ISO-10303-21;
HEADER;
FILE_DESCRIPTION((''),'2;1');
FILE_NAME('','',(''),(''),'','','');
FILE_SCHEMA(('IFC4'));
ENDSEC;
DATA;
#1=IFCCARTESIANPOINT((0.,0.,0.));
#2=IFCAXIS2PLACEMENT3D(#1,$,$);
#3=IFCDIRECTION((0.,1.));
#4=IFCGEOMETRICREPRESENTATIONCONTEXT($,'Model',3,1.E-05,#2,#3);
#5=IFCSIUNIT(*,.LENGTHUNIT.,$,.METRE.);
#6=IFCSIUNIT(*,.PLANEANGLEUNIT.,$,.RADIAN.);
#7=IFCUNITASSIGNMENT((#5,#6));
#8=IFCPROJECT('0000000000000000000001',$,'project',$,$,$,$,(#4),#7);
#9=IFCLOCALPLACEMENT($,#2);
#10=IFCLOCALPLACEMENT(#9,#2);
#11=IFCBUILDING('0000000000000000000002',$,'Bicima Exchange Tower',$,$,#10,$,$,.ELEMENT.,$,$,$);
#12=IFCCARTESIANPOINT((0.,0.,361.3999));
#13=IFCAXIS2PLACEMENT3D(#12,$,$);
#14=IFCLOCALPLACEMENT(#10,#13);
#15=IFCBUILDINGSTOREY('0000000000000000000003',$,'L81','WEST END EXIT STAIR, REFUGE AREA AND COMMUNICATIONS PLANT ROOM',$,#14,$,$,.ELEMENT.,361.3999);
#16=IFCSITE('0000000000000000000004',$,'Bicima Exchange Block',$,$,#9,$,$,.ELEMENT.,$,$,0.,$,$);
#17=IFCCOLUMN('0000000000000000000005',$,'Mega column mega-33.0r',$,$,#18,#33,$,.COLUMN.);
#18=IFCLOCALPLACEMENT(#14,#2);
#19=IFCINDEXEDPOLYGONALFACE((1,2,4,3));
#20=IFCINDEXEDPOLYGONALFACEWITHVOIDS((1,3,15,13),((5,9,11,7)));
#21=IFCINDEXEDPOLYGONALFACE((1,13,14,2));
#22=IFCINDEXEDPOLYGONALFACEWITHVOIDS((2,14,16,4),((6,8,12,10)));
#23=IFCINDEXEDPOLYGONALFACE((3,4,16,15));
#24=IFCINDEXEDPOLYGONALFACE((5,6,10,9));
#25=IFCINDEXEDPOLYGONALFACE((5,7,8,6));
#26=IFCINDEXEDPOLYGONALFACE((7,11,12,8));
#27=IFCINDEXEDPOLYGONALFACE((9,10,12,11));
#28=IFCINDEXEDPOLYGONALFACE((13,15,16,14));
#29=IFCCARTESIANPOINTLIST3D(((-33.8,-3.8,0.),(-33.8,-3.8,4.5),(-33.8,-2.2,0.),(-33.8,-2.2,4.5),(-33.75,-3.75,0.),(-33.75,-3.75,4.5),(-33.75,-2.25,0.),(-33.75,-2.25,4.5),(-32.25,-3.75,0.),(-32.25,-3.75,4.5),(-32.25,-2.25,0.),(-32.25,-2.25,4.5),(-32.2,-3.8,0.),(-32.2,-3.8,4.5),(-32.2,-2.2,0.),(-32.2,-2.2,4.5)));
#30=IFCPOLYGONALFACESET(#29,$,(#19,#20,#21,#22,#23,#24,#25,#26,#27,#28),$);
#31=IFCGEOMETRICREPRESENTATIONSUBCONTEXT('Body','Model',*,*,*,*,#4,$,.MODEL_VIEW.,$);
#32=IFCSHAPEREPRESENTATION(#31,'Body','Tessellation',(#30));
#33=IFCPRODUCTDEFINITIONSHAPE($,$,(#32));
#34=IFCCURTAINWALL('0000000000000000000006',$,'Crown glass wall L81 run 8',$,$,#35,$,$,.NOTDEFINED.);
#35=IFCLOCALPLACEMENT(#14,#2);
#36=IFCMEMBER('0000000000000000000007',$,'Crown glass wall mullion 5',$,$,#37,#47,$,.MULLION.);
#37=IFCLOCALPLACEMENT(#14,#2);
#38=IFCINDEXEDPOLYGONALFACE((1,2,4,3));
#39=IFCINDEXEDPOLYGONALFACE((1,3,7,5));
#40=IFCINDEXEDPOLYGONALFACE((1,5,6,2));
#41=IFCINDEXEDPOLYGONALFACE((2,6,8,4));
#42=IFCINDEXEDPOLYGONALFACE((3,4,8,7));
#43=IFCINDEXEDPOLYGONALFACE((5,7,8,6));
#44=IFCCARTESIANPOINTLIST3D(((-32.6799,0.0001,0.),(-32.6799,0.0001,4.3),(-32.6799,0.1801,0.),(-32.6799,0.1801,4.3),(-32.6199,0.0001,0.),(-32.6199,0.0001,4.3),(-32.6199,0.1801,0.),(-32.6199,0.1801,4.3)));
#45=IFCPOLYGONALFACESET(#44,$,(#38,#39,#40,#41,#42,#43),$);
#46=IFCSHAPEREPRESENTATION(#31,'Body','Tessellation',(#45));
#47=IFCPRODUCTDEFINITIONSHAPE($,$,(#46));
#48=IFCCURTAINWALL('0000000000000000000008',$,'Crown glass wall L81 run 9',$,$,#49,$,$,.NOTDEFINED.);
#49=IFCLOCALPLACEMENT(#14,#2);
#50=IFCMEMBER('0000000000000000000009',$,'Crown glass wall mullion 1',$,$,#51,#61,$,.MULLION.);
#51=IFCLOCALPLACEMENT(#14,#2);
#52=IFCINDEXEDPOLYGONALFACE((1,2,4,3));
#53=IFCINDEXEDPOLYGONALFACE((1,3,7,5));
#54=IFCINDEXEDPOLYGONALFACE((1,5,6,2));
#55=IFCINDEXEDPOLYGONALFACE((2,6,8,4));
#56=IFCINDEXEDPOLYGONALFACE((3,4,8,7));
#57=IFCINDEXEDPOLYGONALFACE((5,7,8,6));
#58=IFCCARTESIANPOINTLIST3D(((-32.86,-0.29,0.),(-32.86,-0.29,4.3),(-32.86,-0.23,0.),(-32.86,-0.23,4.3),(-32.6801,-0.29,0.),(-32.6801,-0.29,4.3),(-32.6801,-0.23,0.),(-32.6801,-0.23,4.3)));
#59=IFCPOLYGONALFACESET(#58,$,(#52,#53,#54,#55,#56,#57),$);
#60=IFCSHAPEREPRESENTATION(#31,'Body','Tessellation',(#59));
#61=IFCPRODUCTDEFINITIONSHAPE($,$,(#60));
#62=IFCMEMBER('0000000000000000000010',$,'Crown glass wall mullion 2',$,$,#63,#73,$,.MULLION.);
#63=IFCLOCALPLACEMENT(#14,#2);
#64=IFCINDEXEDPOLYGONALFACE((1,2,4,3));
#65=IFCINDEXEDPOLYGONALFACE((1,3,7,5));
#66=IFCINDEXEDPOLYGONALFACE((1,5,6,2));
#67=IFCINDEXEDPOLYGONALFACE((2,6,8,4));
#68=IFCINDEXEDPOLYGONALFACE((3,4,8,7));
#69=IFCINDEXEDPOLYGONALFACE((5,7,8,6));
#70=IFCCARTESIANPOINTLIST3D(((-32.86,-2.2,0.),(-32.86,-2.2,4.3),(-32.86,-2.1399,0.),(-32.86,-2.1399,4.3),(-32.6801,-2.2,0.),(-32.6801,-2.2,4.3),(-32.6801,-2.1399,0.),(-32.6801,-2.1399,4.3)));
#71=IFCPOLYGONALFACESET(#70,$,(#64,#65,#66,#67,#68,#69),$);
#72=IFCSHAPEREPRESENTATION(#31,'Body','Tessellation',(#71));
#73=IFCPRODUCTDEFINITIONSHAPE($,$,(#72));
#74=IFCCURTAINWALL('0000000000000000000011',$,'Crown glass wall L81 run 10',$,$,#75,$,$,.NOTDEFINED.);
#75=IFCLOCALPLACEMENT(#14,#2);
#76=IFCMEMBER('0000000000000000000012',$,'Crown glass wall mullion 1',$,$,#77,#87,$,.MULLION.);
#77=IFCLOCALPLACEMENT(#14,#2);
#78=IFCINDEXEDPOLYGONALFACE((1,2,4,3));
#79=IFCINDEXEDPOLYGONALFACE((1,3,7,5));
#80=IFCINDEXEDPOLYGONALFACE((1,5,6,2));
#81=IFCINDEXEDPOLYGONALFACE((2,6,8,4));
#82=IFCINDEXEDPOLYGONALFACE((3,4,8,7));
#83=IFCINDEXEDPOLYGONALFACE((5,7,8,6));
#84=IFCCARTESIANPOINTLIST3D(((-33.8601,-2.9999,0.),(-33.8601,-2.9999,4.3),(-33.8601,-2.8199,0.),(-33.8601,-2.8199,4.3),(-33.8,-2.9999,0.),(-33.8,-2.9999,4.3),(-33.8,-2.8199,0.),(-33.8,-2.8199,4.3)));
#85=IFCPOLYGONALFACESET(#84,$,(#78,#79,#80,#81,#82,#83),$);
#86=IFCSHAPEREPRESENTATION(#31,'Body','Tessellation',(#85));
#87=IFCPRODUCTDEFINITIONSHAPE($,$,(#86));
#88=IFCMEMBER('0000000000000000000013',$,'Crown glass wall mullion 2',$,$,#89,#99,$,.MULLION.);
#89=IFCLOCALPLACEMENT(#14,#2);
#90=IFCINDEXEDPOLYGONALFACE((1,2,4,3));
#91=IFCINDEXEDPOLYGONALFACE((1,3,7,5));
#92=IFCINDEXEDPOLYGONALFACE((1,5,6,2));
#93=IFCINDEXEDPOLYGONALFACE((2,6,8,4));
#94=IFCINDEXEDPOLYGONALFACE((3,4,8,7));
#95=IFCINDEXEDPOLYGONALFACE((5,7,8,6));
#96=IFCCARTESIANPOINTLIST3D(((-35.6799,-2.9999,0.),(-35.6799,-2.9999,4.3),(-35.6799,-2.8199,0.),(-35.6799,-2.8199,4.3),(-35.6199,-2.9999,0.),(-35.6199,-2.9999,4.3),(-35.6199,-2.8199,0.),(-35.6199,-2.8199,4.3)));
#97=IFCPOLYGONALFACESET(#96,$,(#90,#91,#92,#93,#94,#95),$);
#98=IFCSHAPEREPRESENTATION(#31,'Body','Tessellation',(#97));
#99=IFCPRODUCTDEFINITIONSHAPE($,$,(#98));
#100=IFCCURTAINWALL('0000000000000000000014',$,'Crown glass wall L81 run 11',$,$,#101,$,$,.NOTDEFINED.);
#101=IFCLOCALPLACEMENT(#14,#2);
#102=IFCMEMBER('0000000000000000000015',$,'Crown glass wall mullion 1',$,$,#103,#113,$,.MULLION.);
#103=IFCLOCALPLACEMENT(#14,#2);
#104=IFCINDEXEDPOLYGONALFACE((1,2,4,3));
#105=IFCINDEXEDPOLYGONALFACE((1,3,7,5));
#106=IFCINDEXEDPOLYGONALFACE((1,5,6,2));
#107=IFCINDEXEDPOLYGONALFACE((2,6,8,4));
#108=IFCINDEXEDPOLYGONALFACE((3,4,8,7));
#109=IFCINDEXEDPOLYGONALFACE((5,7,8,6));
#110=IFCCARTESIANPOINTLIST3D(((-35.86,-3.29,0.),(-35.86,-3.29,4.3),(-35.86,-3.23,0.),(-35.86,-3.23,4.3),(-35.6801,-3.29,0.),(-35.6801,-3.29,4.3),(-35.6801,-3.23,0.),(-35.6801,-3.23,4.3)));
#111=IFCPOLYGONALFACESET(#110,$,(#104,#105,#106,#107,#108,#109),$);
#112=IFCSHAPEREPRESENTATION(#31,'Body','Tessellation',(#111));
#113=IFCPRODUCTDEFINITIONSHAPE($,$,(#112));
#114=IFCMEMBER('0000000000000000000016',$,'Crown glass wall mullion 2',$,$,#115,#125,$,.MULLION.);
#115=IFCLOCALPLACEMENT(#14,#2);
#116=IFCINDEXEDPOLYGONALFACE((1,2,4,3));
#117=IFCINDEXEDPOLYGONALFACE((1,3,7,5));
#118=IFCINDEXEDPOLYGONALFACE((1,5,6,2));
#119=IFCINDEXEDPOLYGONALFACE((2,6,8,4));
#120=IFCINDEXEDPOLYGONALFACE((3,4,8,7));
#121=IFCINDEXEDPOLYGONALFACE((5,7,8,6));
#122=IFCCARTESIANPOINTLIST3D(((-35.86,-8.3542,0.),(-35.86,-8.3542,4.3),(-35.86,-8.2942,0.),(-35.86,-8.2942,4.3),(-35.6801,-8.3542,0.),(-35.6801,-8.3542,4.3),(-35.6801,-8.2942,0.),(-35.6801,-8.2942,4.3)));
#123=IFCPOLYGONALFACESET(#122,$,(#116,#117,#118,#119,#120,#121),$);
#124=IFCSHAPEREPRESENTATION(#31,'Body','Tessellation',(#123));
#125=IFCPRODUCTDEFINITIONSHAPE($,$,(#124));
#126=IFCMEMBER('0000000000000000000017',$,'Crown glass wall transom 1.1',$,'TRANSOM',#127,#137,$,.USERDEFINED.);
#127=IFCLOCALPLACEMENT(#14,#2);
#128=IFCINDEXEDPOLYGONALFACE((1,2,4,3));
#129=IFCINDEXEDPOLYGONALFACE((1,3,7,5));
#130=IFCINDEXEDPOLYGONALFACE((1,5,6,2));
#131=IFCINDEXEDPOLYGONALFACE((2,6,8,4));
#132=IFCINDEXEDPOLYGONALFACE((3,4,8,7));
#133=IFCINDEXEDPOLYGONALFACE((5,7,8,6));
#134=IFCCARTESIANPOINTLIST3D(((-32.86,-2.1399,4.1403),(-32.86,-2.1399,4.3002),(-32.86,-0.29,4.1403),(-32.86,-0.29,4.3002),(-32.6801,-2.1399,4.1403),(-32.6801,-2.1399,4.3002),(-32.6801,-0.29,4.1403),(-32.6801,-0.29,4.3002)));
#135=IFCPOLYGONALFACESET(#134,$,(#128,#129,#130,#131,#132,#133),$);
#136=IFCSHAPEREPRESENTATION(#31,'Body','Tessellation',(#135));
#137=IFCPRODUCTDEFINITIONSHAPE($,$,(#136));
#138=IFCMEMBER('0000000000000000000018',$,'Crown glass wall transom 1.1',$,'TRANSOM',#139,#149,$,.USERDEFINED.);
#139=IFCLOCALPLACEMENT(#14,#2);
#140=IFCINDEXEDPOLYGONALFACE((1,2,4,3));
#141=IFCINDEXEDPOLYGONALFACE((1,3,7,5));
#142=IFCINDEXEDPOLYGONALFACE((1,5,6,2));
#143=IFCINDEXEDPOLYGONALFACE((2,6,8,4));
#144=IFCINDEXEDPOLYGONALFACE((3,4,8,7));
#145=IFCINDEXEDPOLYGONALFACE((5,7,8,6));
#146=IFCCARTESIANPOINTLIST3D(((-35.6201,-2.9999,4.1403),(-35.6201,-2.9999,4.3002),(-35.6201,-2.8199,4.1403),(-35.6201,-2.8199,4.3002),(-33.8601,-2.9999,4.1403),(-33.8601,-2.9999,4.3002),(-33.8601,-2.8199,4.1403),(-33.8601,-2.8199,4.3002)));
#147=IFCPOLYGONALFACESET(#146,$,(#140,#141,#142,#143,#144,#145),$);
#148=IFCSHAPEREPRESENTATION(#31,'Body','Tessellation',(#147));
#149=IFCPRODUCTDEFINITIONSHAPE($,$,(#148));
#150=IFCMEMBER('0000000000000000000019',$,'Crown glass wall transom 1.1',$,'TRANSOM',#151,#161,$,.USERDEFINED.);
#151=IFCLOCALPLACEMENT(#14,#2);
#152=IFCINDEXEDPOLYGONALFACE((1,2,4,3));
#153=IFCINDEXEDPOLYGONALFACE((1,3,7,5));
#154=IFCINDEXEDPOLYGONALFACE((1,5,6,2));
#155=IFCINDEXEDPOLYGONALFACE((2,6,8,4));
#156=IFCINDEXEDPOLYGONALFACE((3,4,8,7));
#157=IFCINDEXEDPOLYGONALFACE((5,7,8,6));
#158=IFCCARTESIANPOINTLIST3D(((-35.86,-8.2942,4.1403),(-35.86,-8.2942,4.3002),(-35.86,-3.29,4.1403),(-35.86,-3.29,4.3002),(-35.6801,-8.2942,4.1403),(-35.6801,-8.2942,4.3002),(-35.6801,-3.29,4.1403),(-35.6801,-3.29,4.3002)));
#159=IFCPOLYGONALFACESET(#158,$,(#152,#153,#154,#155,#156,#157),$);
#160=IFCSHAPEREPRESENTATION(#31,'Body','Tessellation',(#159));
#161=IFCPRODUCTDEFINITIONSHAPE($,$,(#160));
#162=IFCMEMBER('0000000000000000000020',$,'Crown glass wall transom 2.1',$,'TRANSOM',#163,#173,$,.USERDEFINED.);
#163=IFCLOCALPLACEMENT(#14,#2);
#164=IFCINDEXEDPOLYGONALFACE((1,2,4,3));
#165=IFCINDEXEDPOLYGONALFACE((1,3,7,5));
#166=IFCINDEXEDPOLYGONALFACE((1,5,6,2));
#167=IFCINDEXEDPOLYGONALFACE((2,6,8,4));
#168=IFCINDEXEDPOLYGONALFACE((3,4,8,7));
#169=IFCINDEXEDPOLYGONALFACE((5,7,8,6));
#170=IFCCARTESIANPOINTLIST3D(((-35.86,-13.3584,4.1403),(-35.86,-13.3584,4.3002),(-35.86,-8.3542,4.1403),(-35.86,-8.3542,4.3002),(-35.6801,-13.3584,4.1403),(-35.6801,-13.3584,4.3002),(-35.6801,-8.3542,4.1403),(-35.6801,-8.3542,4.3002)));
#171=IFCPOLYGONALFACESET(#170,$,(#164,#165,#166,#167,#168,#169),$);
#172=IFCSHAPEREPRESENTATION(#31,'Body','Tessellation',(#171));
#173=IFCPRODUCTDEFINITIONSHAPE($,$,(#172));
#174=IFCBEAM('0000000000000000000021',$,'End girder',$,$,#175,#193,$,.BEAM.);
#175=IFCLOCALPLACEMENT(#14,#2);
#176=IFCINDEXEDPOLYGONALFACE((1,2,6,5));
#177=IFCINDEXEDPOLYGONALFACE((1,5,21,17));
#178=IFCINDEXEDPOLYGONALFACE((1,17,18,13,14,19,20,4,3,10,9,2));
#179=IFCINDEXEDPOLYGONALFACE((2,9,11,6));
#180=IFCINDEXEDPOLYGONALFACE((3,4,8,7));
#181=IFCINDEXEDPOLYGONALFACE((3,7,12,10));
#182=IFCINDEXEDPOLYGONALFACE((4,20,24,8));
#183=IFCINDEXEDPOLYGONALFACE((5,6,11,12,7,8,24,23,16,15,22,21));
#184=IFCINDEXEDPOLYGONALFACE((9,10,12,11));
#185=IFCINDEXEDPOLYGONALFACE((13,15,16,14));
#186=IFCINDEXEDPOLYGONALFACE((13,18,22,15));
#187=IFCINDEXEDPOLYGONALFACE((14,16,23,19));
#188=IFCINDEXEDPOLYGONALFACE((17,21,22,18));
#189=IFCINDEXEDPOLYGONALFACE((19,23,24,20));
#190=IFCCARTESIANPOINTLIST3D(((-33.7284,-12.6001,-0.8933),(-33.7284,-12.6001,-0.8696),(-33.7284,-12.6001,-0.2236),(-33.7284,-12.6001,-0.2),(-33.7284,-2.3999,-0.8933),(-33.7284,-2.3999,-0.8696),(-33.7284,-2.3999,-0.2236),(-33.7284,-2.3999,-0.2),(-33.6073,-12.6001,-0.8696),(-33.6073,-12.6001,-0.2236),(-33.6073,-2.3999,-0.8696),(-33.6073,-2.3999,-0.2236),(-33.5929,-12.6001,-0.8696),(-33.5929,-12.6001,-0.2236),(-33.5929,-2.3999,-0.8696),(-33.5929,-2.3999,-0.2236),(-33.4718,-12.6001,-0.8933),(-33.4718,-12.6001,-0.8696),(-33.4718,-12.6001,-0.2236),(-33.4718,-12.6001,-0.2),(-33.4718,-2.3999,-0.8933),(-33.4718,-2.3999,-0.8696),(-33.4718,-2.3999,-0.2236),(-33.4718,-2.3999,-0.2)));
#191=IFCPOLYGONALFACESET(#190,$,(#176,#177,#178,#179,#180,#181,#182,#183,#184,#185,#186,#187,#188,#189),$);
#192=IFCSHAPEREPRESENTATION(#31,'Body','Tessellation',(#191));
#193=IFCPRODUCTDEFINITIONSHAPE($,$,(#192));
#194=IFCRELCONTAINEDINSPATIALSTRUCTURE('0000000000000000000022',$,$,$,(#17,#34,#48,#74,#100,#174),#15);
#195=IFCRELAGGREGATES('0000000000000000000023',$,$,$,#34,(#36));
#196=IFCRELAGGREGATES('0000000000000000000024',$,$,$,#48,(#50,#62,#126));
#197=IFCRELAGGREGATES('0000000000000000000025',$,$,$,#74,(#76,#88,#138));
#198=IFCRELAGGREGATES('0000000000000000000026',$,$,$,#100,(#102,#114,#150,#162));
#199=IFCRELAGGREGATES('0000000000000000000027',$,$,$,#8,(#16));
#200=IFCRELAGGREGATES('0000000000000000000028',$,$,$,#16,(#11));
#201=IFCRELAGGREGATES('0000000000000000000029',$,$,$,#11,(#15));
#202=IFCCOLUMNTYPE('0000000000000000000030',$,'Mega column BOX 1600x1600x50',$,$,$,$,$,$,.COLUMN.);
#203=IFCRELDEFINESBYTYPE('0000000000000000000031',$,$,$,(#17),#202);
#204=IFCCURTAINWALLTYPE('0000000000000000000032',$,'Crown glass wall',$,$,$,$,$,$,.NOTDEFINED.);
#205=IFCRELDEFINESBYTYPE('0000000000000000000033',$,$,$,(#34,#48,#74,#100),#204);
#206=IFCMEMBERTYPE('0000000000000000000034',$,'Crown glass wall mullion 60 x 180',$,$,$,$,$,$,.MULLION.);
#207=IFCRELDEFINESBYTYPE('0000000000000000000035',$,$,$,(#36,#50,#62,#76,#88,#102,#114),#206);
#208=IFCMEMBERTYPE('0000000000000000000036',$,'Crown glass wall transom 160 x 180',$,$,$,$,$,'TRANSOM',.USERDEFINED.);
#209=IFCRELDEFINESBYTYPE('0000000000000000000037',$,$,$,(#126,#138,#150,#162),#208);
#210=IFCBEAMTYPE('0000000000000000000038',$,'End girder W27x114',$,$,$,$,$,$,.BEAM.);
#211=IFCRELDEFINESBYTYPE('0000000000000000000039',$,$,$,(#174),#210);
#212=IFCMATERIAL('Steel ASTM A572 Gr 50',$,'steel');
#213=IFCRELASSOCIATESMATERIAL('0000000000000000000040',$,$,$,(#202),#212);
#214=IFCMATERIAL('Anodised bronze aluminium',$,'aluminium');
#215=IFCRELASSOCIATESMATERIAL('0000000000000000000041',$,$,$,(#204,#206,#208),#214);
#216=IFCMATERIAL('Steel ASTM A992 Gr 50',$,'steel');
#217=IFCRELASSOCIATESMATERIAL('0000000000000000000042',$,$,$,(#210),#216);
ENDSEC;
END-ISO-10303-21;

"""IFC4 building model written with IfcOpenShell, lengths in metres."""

from ifc_helpers import new_model, si_unit, direction, frame, origin, origin_2d, place, context, subcontext, project, spatial, rectangle, hollow_rectangle, i_section, extrude, material, material_profile, profile_set, type_object, element, aggregate, save


model = new_model("IFC4")

# Units and contexts
model_context = context("Model", 3, precision=1e-05, world=origin(), true_north=direction((0.0, 1.0)))
body_context = subcontext(model_context, "Body", "Model", "MODEL_VIEW")
ifc_project = project(units=[si_unit("LENGTHUNIT", "METRE"), si_unit("PLANEANGLEUNIT", "RADIAN")], contexts=[model_context])

# Site, building, storey
site_placement = place(None, origin())
site = spatial("IfcSite", under=ifc_project, at=site_placement, Name="Bicima Exchange Block", CompositionType="ELEMENT", RefElevation=0.0)
building_placement = place(site_placement, origin())
building = spatial("IfcBuilding", under=site, at=building_placement, Name="Bicima Exchange Tower", CompositionType="ELEMENT")
storey_placement = place(building_placement, frame((0.0, 0.0, 361.3999)))
storey = spatial("IfcBuildingStorey", under=building, at=storey_placement, Name="L81", Description="WEST END EXIT STAIR, REFUGE AREA AND COMMUNICATIONS PLANT ROOM", CompositionType="ELEMENT", Elevation=361.3999)

# Column
ifc_material_1 = material(Name="Steel ASTM A572 Gr 50", Category="steel")
ifc_material_profile_1 = material_profile(ifc_material_1, hollow_rectangle(XDim=1.6001, YDim=1.6001, WallThickness=0.05, at=origin_2d()))
ifc_profile_set_1 = profile_set([ifc_material_profile_1], Name="Steel ASTM A572 Gr 50")
column_type = type_object("IfcColumnType", Name="Mega column BOX 1600x1600x50", PredefinedType="COLUMN", material=ifc_profile_set_1)
column_placement = place(storey_placement, frame((-33.0, -3.0, 0.0), z_axis=(0.0, 0.0, 1.0), x_axis=(1.0, 0.0, 0.0)))
element("IfcColumn", 1, at=column_placement, inside=storey, type_object=column_type, Name="Mega column mega-33.0r", PredefinedType="COLUMN", context=body_context, shape_type="SweptSolid", body=[
    extrude(hollow_rectangle(XDim=1.6001, YDim=1.6001, WallThickness=0.05, at=origin_2d()), origin(), (0.0, 0.0, 1.0), 4.5),
])

# Curtain wall, member
ifc_material_2 = material(Name="Anodised bronze aluminium", Category="aluminium")
curtain_wall_type = type_object("IfcCurtainWallType", Name="Crown glass wall", PredefinedType="NOTDEFINED", material=ifc_material_2)
curtain_wall_1_placement = place(storey_placement, origin())
curtain_wall_1 = element("IfcCurtainWall", 2, at=curtain_wall_1_placement, inside=storey, type_object=curtain_wall_type, Name="Crown glass wall L81 run 8", PredefinedType="NOTDEFINED")
ifc_material_profile_2 = material_profile(ifc_material_2, rectangle(XDim=0.1799, YDim=0.0601, at=origin_2d()))
ifc_profile_set_2 = profile_set([ifc_material_profile_2], Name="Anodised bronze aluminium")
member_type_1 = type_object("IfcMemberType", Name="Crown glass wall mullion 60 x 180", PredefinedType="MULLION", material=ifc_profile_set_2)
member_1_placement = place(storey_placement, frame((-32.6499, 0.0901, 0.0), z_axis=(0.0, 0.0, 1.0), x_axis=(0.0, -1.0, 0.0)))
member_1 = element("IfcMember", 3, at=member_1_placement, type_object=member_type_1, Name="Crown glass wall mullion 5", PredefinedType="MULLION", context=body_context, shape_type="SweptSolid", body=[
    extrude(rectangle(XDim=0.1799, YDim=0.0601, at=origin_2d()), origin(), (0.0, 0.0, 1.0), 4.3),
])
aggregate(curtain_wall_1, [member_1])

# Curtain walls, members
curtain_wall_2_placement = place(storey_placement, origin())
curtain_wall_2 = element("IfcCurtainWall", 4, at=curtain_wall_2_placement, inside=storey, type_object=curtain_wall_type, Name="Crown glass wall L81 run 9", PredefinedType="NOTDEFINED")
member_2_placement = place(storey_placement, frame((-32.77, -0.26, 0.0), z_axis=(0.0, 0.0, 1.0), x_axis=(1.0, 0.0, 0.0)))
member_2 = element("IfcMember", 5, at=member_2_placement, type_object=member_type_1, Name="Crown glass wall mullion 1", PredefinedType="MULLION", context=body_context, shape_type="SweptSolid", body=[
    extrude(rectangle(XDim=0.1799, YDim=0.0601, at=origin_2d()), origin(), (0.0, 0.0, 1.0), 4.3),
])
member_3_placement = place(storey_placement, frame((-32.77, -2.1699, 0.0), z_axis=(0.0, 0.0, 1.0), x_axis=(1.0, 0.0, 0.0)))
member_3 = element("IfcMember", 6, at=member_3_placement, type_object=member_type_1, Name="Crown glass wall mullion 2", PredefinedType="MULLION", context=body_context, shape_type="SweptSolid", body=[
    extrude(rectangle(XDim=0.1799, YDim=0.0601, at=origin_2d()), origin(), (0.0, 0.0, 1.0), 4.3),
])
curtain_wall_3_placement = place(storey_placement, origin())
curtain_wall_3 = element("IfcCurtainWall", 7, at=curtain_wall_3_placement, inside=storey, type_object=curtain_wall_type, Name="Crown glass wall L81 run 10", PredefinedType="NOTDEFINED")
member_4_placement = place(storey_placement, frame((-33.8301, -2.9099, 0.0), z_axis=(0.0, 0.0, 1.0), x_axis=(0.0, -1.0, 0.0)))
member_4 = element("IfcMember", 8, at=member_4_placement, type_object=member_type_1, Name="Crown glass wall mullion 1", PredefinedType="MULLION", context=body_context, shape_type="SweptSolid", body=[
    extrude(rectangle(XDim=0.1799, YDim=0.0601, at=origin_2d()), origin(), (0.0, 0.0, 1.0), 4.3),
])
member_5_placement = place(storey_placement, frame((-35.6499, -2.9099, 0.0), z_axis=(0.0, 0.0, 1.0), x_axis=(0.0, -1.0, 0.0)))
member_5 = element("IfcMember", 9, at=member_5_placement, type_object=member_type_1, Name="Crown glass wall mullion 2", PredefinedType="MULLION", context=body_context, shape_type="SweptSolid", body=[
    extrude(rectangle(XDim=0.1799, YDim=0.0601, at=origin_2d()), origin(), (0.0, 0.0, 1.0), 4.3),
])
curtain_wall_4_placement = place(storey_placement, origin())
curtain_wall_4 = element("IfcCurtainWall", 10, at=curtain_wall_4_placement, inside=storey, type_object=curtain_wall_type, Name="Crown glass wall L81 run 11", PredefinedType="NOTDEFINED")
member_6_placement = place(storey_placement, frame((-35.77, -3.26, 0.0), z_axis=(0.0, 0.0, 1.0), x_axis=(1.0, 0.0, 0.0)))
member_6 = element("IfcMember", 11, at=member_6_placement, type_object=member_type_1, Name="Crown glass wall mullion 1", PredefinedType="MULLION", context=body_context, shape_type="SweptSolid", body=[
    extrude(rectangle(XDim=0.1799, YDim=0.0601, at=origin_2d()), origin(), (0.0, 0.0, 1.0), 4.3),
])
member_7_placement = place(storey_placement, frame((-35.77, -8.3242, 0.0), z_axis=(0.0, 0.0, 1.0), x_axis=(1.0, 0.0, 0.0)))
member_7 = element("IfcMember", 12, at=member_7_placement, type_object=member_type_1, Name="Crown glass wall mullion 2", PredefinedType="MULLION", context=body_context, shape_type="SweptSolid", body=[
    extrude(rectangle(XDim=0.1799, YDim=0.0601, at=origin_2d()), origin(), (0.0, 0.0, 1.0), 4.3),
])

# Members
ifc_material_profile_3 = material_profile(ifc_material_2, rectangle(XDim=0.1799, YDim=0.1599, at=origin_2d()))
ifc_profile_set_3 = profile_set([ifc_material_profile_3], Name="Anodised bronze aluminium")
member_type_2 = type_object("IfcMemberType", Name="Crown glass wall transom 160 x 180", ElementType="TRANSOM", PredefinedType="USERDEFINED", material=ifc_profile_set_3)
member_8_placement = place(storey_placement, frame((-32.77, -0.29, 4.2202), z_axis=(0.0, -1.0, 0.0), x_axis=(1.0, 0.0, 0.0)))
member_8 = element("IfcMember", 13, at=member_8_placement, type_object=member_type_2, Name="Crown glass wall transom 1.1", ObjectType="TRANSOM", PredefinedType="USERDEFINED", context=body_context, shape_type="SweptSolid", body=[
    extrude(rectangle(XDim=0.1799, YDim=0.1599, at=origin_2d()), origin(), (0.0, 0.0, 1.0), 1.8499),
])
member_9_placement = place(storey_placement, frame((-33.8601, -2.9099, 4.2202), z_axis=(-1.0, 0.0, 0.0), x_axis=(0.0, -1.0, 0.0)))
member_9 = element("IfcMember", 14, at=member_9_placement, type_object=member_type_2, Name="Crown glass wall transom 1.1", ObjectType="TRANSOM", PredefinedType="USERDEFINED", context=body_context, shape_type="SweptSolid", body=[
    extrude(rectangle(XDim=0.1799, YDim=0.1599, at=origin_2d()), origin(), (0.0, 0.0, 1.0), 1.76),
])
member_10_placement = place(storey_placement, frame((-35.77, -3.29, 4.2202), z_axis=(0.0, -1.0, 0.0), x_axis=(1.0, 0.0, 0.0)))
member_10 = element("IfcMember", 15, at=member_10_placement, type_object=member_type_2, Name="Crown glass wall transom 1.1", ObjectType="TRANSOM", PredefinedType="USERDEFINED", context=body_context, shape_type="SweptSolid", body=[
    extrude(rectangle(XDim=0.1799, YDim=0.1599, at=origin_2d()), origin(), (0.0, 0.0, 1.0), 5.0042),
])
member_11_placement = place(storey_placement, frame((-35.77, -8.3542, 4.2202), z_axis=(0.0, -1.0, 0.0), x_axis=(1.0, 0.0, 0.0)))
member_11 = element("IfcMember", 16, at=member_11_placement, type_object=member_type_2, Name="Crown glass wall transom 2.1", ObjectType="TRANSOM", PredefinedType="USERDEFINED", context=body_context, shape_type="SweptSolid", body=[
    extrude(rectangle(XDim=0.1799, YDim=0.1599, at=origin_2d()), origin(), (0.0, 0.0, 1.0), 5.0042),
])

# Beam
ifc_material_3 = material(Name="Steel ASTM A992 Gr 50", Category="steel")
ifc_material_profile_4 = material_profile(ifc_material_3, i_section(OverallWidth=0.2566, OverallDepth=0.6934, WebThickness=0.0144, FlangeThickness=0.0237, at=origin_2d()))
ifc_profile_set_4 = profile_set([ifc_material_profile_4], Name="Steel ASTM A992 Gr 50")
beam_type = type_object("IfcBeamType", Name="End girder W27x114", PredefinedType="BEAM", material=ifc_profile_set_4)
beam_placement = place(storey_placement, frame((-33.6001, -2.3999, -0.5466), z_axis=(0.0, -1.0, 0.0), x_axis=(1.0, 0.0, 0.0)))
element("IfcBeam", 17, at=beam_placement, inside=storey, type_object=beam_type, Name="End girder", PredefinedType="BEAM", context=body_context, shape_type="SweptSolid", body=[
    extrude(i_section(OverallWidth=0.2566, OverallDepth=0.6934, WebThickness=0.0144, FlangeThickness=0.0237, at=origin_2d()), origin(), (0.0, 0.0, 1.0), 10.2002),
])

aggregate(curtain_wall_2, [member_2, member_3, member_8])
aggregate(curtain_wall_3, [member_4, member_5, member_9])
aggregate(curtain_wall_4, [member_6, member_7, member_10, member_11])

save(model, "model.ifc")
